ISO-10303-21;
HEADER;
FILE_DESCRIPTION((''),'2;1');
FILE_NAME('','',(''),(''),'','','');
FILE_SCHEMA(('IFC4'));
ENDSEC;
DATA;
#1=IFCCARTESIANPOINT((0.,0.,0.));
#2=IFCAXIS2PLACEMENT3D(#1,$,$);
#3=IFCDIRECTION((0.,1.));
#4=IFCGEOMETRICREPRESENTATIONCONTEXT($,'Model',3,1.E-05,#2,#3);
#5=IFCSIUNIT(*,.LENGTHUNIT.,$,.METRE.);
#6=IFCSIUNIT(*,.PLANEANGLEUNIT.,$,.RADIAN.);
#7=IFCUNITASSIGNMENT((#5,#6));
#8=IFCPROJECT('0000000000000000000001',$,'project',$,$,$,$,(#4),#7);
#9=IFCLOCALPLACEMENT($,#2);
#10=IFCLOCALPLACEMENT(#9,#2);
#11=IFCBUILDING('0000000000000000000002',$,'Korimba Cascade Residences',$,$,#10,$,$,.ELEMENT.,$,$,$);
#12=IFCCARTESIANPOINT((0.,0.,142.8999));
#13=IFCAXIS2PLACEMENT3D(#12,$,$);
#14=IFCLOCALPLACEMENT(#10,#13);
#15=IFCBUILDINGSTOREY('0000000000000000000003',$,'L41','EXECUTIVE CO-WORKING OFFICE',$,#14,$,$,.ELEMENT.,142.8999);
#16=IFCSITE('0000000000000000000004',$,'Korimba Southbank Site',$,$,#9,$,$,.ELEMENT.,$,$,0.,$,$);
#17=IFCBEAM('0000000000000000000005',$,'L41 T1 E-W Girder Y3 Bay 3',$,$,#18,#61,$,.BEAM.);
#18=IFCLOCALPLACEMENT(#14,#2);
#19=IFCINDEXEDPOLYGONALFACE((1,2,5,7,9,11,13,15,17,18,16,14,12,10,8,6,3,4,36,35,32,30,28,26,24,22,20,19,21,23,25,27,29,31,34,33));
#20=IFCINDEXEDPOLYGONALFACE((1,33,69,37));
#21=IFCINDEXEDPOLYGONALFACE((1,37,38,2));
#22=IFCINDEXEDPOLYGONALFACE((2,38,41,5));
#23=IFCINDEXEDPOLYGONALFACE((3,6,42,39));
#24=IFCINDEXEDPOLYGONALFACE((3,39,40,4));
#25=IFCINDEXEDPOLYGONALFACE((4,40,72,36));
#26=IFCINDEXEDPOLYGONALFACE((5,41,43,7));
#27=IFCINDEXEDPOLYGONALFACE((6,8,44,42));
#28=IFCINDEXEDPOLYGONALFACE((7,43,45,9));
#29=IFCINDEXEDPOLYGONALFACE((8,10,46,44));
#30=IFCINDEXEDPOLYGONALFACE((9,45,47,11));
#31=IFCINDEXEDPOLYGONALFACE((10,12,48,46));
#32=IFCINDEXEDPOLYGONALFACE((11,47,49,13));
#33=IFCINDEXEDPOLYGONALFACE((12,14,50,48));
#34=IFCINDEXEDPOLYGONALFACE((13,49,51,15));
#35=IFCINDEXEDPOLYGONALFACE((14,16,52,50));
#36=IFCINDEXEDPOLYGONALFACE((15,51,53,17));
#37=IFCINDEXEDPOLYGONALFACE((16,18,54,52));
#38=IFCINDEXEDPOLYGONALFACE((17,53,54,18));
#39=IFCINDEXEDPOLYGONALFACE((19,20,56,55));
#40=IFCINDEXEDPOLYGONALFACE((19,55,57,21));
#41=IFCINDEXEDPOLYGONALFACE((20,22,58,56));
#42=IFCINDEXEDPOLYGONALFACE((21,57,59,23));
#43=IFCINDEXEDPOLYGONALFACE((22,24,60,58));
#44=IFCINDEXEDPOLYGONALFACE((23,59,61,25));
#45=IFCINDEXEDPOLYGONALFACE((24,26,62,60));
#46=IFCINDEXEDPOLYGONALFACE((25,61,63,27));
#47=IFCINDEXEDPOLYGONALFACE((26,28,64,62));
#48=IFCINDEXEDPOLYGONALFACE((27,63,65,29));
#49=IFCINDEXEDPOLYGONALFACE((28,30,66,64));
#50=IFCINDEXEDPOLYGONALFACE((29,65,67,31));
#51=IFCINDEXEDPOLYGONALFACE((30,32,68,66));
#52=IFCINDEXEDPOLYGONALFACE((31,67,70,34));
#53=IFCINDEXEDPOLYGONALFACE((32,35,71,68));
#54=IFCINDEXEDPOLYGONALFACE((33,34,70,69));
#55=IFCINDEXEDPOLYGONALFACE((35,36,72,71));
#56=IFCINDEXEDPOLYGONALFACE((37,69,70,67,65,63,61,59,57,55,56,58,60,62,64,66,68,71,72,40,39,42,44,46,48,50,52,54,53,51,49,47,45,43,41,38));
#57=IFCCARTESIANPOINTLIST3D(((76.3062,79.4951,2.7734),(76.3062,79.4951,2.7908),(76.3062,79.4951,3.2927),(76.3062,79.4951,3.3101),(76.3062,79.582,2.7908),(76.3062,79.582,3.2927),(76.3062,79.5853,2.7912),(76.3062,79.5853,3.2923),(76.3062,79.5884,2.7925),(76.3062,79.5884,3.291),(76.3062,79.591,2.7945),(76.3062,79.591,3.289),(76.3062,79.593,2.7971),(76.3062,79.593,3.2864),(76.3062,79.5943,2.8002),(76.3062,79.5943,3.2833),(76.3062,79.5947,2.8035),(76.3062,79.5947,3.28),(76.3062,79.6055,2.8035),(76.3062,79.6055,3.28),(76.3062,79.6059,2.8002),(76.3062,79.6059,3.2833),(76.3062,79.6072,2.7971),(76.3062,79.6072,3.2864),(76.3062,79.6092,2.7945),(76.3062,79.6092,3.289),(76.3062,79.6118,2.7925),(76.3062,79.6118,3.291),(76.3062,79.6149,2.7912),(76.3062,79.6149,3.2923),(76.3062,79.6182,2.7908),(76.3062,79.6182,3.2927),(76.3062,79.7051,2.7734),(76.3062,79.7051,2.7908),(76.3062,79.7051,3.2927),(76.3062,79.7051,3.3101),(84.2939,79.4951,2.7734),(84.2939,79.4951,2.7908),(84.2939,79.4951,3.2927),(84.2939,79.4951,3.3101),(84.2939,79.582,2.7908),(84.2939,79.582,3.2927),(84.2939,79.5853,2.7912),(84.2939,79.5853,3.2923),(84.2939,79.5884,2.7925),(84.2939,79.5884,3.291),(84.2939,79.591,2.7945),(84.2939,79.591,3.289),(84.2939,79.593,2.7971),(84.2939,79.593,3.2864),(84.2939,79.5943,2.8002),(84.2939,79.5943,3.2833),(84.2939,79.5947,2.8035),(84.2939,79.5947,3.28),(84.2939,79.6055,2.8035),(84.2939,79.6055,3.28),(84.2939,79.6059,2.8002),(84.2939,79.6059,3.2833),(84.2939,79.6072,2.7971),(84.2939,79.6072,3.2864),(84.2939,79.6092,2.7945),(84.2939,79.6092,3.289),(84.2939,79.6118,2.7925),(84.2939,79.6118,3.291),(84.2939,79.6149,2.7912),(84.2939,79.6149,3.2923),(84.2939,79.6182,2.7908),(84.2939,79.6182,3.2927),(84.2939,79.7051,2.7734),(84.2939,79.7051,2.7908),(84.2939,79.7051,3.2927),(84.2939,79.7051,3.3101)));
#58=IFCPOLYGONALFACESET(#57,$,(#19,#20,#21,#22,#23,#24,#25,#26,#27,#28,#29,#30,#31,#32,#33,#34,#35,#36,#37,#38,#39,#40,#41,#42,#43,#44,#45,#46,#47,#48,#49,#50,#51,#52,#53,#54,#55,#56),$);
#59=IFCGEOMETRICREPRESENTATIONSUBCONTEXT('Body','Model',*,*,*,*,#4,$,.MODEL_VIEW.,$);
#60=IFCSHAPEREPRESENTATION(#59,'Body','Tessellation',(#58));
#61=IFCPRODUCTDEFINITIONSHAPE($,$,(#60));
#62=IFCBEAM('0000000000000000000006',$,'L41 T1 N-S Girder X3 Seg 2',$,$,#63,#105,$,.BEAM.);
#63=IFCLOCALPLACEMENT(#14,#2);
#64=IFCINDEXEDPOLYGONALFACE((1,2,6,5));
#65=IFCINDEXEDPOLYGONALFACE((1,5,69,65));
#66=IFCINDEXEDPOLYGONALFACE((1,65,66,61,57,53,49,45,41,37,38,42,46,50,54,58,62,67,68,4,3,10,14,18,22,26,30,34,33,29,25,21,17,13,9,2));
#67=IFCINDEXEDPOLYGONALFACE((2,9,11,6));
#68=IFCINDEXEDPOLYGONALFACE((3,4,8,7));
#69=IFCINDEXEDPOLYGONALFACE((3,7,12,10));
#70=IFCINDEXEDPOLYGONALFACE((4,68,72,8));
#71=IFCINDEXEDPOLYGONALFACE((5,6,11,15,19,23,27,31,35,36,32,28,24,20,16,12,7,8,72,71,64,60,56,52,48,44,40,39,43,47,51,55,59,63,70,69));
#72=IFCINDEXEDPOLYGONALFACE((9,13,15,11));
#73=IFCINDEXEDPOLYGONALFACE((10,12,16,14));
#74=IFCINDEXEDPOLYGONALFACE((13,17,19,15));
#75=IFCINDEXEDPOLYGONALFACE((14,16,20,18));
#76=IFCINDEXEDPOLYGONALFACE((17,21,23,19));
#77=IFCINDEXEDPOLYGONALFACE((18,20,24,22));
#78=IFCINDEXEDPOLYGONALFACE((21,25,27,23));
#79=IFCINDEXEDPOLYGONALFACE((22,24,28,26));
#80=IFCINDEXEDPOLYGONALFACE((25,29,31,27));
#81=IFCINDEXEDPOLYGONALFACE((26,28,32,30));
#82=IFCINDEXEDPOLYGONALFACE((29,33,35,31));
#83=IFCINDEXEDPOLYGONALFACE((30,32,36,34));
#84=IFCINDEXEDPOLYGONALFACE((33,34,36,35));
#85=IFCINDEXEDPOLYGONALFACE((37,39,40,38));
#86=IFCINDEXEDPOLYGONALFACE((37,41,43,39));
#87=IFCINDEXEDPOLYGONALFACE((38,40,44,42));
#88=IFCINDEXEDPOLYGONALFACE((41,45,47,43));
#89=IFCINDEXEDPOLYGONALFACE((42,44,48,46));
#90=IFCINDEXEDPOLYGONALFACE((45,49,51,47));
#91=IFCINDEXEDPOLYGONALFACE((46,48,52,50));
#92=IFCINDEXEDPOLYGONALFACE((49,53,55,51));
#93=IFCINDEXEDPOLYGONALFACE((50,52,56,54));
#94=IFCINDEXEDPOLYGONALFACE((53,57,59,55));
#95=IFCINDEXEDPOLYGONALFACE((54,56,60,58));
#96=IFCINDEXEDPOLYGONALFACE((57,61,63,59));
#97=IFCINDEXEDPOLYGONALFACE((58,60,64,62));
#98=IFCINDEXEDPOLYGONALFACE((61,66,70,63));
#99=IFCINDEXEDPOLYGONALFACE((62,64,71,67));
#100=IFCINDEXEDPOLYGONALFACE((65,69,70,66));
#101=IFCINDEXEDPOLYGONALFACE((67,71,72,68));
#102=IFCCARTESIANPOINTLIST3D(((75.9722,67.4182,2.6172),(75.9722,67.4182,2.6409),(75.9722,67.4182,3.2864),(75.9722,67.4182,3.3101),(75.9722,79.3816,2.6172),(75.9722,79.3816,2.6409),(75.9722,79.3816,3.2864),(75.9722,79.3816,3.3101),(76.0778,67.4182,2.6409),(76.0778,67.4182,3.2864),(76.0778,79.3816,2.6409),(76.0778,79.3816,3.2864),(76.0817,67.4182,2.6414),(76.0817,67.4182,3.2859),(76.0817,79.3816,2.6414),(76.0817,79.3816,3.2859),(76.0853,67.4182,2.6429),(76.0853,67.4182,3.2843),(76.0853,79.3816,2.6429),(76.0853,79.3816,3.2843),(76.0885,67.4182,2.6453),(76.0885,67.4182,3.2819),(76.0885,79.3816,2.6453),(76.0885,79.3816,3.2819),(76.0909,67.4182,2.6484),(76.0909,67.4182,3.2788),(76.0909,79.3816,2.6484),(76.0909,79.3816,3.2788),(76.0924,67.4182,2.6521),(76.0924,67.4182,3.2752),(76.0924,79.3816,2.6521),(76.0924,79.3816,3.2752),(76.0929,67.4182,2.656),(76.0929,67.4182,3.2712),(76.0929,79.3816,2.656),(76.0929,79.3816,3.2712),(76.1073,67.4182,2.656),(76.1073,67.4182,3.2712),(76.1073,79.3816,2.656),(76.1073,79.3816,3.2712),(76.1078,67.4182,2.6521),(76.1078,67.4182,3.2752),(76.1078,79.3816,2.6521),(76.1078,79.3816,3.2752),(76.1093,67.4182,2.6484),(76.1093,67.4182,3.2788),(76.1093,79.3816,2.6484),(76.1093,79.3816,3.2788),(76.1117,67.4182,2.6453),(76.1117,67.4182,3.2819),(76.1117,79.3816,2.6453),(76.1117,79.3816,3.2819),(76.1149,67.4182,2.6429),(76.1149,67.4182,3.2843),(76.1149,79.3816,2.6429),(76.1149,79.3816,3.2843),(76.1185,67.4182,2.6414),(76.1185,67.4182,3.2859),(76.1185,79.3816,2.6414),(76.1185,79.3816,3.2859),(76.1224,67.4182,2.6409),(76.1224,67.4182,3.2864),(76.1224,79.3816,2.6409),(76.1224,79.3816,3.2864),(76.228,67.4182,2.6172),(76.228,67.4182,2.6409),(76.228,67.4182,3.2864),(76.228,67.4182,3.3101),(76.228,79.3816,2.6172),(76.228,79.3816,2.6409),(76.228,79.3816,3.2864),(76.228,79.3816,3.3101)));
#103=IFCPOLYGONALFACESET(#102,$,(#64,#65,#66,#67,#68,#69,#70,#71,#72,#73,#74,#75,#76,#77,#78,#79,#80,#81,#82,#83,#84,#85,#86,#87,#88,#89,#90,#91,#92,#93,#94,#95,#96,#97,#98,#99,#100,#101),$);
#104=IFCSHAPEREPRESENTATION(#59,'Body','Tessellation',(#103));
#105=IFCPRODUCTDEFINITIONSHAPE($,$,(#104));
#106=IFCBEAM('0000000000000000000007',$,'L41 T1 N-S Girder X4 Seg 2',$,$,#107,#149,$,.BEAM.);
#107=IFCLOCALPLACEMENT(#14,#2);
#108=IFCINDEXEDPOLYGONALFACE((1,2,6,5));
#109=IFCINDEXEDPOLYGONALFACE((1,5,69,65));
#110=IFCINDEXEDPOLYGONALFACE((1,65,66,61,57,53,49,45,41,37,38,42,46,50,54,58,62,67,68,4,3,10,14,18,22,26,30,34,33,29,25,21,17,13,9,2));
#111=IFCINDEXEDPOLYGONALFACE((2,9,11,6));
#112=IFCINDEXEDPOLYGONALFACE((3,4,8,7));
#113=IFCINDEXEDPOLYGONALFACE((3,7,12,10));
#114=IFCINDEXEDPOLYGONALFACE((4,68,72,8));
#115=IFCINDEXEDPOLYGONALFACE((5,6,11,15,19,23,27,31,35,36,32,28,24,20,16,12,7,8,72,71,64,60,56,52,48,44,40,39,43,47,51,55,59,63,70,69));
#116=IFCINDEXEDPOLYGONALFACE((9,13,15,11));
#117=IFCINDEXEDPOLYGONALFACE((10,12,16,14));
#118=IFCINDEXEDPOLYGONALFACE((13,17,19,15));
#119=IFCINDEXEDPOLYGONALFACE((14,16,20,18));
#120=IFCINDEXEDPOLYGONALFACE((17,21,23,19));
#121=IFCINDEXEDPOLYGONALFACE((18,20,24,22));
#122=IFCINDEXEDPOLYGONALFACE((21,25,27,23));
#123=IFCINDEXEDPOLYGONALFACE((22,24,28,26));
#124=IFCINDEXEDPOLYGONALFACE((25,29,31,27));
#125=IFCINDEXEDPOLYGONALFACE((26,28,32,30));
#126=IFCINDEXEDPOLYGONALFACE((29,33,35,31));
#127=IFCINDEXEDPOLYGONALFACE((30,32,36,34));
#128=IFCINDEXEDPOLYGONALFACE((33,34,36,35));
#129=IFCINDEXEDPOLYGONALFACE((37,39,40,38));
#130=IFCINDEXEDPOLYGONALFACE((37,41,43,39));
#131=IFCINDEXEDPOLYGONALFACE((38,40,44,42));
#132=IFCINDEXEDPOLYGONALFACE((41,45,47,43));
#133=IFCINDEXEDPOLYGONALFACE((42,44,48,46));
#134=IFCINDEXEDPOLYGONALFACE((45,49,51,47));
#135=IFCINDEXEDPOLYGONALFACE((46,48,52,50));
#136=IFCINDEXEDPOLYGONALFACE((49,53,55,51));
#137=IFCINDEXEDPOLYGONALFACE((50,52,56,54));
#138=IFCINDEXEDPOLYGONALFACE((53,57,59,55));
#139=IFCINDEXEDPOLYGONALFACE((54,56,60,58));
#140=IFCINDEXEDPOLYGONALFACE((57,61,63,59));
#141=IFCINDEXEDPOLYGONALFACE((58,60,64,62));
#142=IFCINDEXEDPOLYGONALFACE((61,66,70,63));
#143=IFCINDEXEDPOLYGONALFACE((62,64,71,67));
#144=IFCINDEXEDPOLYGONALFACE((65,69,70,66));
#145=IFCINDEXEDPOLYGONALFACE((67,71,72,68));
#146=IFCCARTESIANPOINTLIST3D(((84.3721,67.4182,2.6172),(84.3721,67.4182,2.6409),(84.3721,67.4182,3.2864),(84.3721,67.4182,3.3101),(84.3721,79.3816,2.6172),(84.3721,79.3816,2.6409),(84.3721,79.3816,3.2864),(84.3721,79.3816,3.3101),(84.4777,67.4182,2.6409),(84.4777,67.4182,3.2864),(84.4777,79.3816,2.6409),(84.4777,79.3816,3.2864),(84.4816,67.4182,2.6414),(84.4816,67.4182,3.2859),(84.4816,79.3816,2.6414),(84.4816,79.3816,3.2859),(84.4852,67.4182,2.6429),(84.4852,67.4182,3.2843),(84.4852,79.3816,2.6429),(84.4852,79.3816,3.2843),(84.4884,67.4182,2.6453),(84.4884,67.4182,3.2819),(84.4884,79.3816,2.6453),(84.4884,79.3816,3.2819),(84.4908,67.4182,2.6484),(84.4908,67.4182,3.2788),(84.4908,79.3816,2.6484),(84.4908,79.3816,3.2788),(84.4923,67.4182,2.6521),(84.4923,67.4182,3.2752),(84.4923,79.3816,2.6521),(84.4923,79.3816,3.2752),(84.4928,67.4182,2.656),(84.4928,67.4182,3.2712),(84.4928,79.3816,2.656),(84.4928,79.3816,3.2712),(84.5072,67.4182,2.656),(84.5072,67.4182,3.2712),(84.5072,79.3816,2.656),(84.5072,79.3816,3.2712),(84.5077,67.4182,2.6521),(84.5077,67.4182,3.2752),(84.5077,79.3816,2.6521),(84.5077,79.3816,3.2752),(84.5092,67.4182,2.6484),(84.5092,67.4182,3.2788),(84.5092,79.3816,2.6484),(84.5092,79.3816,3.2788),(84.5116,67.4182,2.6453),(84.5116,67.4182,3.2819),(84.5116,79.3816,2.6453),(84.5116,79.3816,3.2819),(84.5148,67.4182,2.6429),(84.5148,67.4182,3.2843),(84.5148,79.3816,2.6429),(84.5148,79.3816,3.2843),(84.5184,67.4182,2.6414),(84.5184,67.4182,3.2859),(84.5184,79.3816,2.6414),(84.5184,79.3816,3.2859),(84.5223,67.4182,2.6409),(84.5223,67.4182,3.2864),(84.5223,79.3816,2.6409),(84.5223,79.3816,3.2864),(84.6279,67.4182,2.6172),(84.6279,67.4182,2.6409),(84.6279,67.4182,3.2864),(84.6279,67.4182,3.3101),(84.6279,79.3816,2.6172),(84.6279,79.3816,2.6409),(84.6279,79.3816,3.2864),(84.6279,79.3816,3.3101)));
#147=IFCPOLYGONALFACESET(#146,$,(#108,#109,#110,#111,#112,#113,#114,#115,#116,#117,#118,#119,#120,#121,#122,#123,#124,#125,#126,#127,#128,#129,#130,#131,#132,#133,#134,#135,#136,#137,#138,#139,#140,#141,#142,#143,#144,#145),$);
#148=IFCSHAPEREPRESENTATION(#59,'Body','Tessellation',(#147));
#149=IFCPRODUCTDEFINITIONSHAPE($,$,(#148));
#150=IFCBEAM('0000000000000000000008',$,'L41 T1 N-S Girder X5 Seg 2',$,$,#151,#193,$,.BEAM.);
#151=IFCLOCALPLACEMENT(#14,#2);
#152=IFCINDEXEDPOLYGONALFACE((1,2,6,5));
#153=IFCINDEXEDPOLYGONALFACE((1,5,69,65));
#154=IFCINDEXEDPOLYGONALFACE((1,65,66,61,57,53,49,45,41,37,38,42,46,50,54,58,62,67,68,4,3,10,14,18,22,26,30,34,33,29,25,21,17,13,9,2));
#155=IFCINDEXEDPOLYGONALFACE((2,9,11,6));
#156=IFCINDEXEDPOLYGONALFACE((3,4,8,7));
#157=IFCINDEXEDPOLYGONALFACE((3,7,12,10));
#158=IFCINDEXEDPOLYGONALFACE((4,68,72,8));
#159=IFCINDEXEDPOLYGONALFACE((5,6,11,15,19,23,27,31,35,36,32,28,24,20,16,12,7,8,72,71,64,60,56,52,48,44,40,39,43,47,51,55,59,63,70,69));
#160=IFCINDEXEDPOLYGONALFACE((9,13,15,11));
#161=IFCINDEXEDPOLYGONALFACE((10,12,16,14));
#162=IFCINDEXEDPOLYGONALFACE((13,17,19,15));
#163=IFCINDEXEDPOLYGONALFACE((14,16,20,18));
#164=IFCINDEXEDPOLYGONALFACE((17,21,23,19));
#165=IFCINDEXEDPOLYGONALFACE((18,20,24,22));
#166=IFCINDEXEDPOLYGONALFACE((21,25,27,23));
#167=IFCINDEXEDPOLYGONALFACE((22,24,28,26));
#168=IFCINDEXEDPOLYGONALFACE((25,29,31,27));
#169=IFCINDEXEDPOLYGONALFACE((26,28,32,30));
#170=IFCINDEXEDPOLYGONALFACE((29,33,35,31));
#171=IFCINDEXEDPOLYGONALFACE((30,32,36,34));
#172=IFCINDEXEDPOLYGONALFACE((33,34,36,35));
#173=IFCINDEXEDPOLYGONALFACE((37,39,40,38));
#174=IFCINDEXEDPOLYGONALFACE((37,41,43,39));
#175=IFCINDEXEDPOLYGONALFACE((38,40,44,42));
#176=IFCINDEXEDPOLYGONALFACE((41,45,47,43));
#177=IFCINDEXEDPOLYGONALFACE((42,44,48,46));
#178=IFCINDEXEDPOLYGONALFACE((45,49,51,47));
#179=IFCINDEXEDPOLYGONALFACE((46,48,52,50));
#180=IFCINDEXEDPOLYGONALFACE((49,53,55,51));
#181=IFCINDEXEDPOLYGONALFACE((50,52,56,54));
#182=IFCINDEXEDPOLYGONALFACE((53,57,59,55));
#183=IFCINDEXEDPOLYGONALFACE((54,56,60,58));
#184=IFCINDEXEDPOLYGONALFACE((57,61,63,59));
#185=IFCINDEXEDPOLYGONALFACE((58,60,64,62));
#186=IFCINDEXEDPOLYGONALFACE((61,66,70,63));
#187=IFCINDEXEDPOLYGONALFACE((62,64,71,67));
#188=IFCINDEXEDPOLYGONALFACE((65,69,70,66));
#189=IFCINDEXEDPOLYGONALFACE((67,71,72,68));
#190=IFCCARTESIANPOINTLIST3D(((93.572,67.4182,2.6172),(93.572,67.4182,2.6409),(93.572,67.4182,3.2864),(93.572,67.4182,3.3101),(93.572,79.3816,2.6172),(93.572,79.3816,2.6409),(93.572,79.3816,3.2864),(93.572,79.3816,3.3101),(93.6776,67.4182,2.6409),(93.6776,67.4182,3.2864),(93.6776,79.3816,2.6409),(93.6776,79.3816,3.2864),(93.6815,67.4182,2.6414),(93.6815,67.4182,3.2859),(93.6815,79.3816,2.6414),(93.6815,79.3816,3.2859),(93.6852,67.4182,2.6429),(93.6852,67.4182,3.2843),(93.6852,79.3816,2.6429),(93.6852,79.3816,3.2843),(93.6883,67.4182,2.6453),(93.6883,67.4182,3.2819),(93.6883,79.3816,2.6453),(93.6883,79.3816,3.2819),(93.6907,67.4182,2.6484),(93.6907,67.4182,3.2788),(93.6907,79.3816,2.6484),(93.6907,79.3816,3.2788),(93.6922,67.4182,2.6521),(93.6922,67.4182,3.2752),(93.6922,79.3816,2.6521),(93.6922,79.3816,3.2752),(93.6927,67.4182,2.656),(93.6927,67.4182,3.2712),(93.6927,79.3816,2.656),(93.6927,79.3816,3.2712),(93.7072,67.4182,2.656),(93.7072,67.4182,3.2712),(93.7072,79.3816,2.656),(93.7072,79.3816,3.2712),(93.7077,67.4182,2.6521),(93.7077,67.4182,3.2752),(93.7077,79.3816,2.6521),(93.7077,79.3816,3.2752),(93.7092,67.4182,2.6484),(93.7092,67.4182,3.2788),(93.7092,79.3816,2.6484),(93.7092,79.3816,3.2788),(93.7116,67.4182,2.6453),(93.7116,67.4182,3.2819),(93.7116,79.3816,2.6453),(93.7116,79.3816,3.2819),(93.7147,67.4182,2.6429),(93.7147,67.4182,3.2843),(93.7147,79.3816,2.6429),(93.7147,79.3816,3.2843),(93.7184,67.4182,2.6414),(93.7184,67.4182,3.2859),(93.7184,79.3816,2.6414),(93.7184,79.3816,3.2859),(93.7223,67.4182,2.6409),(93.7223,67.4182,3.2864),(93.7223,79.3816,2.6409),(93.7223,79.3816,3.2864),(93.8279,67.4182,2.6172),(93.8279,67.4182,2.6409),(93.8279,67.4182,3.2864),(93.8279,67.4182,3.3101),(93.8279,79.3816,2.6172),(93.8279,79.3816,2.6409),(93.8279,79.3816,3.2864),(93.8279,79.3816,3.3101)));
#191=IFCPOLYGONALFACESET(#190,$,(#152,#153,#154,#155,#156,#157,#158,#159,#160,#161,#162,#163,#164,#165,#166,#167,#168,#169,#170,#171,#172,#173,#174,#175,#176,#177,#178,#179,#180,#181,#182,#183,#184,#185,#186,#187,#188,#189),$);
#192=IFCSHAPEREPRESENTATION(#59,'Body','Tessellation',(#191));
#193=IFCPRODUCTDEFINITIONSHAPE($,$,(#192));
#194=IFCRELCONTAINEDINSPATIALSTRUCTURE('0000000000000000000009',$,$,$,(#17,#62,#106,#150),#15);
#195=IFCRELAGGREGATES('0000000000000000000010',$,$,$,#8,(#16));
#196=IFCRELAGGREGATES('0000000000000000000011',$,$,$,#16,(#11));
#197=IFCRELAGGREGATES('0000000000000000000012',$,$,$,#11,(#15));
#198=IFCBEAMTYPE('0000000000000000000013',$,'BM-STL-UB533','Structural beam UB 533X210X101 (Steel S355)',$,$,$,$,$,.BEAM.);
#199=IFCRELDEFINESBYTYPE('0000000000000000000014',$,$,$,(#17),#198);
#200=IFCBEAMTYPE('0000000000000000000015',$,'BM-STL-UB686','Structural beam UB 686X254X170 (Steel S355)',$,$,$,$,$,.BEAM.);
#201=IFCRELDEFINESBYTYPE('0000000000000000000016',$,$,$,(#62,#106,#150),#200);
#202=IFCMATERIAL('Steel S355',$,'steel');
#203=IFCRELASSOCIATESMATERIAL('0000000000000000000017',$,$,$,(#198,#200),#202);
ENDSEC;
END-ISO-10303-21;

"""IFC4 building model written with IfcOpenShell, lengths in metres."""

from ifc_helpers import new_model, si_unit, direction, frame, origin, origin_2d, place, context, subcontext, project, spatial, i_section, extrude, material, material_profile, profile_set, type_object, element, save


model = new_model("IFC4")

# Units and contexts
model_context = context("Model", 3, precision=1e-05, world=origin(), true_north=direction((0.0, 1.0)))
body_context = subcontext(model_context, "Body", "Model", "MODEL_VIEW")
ifc_project = project(units=[si_unit("LENGTHUNIT", "METRE"), si_unit("PLANEANGLEUNIT", "RADIAN")], contexts=[model_context])

# Site, building, storey
site_placement = place(None, origin())
site = spatial("IfcSite", under=ifc_project, at=site_placement, Name="Korimba Southbank Site", CompositionType="ELEMENT", RefElevation=0.0)
building_placement = place(site_placement, origin())
building = spatial("IfcBuilding", under=site, at=building_placement, Name="Korimba Cascade Residences", CompositionType="ELEMENT")
storey_placement = place(building_placement, frame((0.0, 0.0, 142.8999)))
storey = spatial("IfcBuildingStorey", under=building, at=storey_placement, Name="L41", Description="EXECUTIVE CO-WORKING OFFICE", CompositionType="ELEMENT", Elevation=142.8999)

# Beams
ifc_material_1 = material(Name="Steel S355", Category="steel")
ifc_material_profile_1 = material_profile(ifc_material_1, i_section(OverallWidth=0.21, OverallDepth=0.5366, WebThickness=0.0107, FlangeThickness=0.0173, FilletRadius=0.0127, at=origin_2d()), Name="Steel S355")
ifc_profile_set_1 = profile_set([ifc_material_profile_1], Name="Steel S355")
beam_type_1 = type_object("IfcBeamType", Name="BM-STL-UB533", Description="Structural beam UB 533X210X101 (Steel S355)", PredefinedType="BEAM", material=ifc_profile_set_1)
beam_placement = place(storey_placement, frame((76.3062, 79.6001, 3.0417), z_axis=(1.0, 0.0, 0.0), x_axis=(0.0, 1.0, 0.0)))
element("IfcBeam", 1, at=beam_placement, inside=storey, type_object=beam_type_1, Name="L41 T1 E-W Girder Y3 Bay 3", PredefinedType="BEAM", context=body_context, shape_type="SweptSolid", body=[
    extrude(i_section(OverallWidth=0.21, OverallDepth=0.5366, WebThickness=0.0107, FlangeThickness=0.0173, FilletRadius=0.0127, at=origin_2d()), origin(), (0.0, 0.0, 1.0), 7.9878),
])
ifc_material_profile_2 = material_profile(ifc_material_1, i_section(OverallWidth=0.2559, OverallDepth=0.6929, WebThickness=0.0144, FlangeThickness=0.0237, FilletRadius=0.0151, at=origin_2d()), Name="Steel S355")
ifc_profile_set_2 = profile_set([ifc_material_profile_2], Name="Steel S355")
beam_type_2 = type_object("IfcBeamType", Name="BM-STL-UB686", Description="Structural beam UB 686X254X170 (Steel S355)", PredefinedType="BEAM", material=ifc_profile_set_2)
for number, where, z_axis, x_axis, name in (
    (2, (76.1001, 67.4182, 2.9636), (0.0, 1.0, 0.0), (-1.0, 0.0, 0.0), "L41 T1 N-S Girder X3 Seg 2"),
    (3, (84.5, 67.4182, 2.9636), (0.0, 1.0, 0.0), (-1.0, 0.0, 0.0), "L41 T1 N-S Girder X4 Seg 2"),
    (4, (93.7, 67.4182, 2.9636), (0.0, 1.0, 0.0), (-1.0, 0.0, 0.0), "L41 T1 N-S Girder X5 Seg 2"),
):
    element("IfcBeam", number, at=place(storey_placement, frame(where, z_axis=z_axis, x_axis=x_axis)), inside=storey, type_object=beam_type_2, Name=name, PredefinedType="BEAM", context=body_context, shape_type="SweptSolid", body=[
        extrude(i_section(OverallWidth=0.2559, OverallDepth=0.6929, WebThickness=0.0144, FlangeThickness=0.0237, FilletRadius=0.0151, at=origin_2d()), origin(), (0.0, 0.0, 1.0), 11.9634),
    ])

save(model, "model.ifc")
